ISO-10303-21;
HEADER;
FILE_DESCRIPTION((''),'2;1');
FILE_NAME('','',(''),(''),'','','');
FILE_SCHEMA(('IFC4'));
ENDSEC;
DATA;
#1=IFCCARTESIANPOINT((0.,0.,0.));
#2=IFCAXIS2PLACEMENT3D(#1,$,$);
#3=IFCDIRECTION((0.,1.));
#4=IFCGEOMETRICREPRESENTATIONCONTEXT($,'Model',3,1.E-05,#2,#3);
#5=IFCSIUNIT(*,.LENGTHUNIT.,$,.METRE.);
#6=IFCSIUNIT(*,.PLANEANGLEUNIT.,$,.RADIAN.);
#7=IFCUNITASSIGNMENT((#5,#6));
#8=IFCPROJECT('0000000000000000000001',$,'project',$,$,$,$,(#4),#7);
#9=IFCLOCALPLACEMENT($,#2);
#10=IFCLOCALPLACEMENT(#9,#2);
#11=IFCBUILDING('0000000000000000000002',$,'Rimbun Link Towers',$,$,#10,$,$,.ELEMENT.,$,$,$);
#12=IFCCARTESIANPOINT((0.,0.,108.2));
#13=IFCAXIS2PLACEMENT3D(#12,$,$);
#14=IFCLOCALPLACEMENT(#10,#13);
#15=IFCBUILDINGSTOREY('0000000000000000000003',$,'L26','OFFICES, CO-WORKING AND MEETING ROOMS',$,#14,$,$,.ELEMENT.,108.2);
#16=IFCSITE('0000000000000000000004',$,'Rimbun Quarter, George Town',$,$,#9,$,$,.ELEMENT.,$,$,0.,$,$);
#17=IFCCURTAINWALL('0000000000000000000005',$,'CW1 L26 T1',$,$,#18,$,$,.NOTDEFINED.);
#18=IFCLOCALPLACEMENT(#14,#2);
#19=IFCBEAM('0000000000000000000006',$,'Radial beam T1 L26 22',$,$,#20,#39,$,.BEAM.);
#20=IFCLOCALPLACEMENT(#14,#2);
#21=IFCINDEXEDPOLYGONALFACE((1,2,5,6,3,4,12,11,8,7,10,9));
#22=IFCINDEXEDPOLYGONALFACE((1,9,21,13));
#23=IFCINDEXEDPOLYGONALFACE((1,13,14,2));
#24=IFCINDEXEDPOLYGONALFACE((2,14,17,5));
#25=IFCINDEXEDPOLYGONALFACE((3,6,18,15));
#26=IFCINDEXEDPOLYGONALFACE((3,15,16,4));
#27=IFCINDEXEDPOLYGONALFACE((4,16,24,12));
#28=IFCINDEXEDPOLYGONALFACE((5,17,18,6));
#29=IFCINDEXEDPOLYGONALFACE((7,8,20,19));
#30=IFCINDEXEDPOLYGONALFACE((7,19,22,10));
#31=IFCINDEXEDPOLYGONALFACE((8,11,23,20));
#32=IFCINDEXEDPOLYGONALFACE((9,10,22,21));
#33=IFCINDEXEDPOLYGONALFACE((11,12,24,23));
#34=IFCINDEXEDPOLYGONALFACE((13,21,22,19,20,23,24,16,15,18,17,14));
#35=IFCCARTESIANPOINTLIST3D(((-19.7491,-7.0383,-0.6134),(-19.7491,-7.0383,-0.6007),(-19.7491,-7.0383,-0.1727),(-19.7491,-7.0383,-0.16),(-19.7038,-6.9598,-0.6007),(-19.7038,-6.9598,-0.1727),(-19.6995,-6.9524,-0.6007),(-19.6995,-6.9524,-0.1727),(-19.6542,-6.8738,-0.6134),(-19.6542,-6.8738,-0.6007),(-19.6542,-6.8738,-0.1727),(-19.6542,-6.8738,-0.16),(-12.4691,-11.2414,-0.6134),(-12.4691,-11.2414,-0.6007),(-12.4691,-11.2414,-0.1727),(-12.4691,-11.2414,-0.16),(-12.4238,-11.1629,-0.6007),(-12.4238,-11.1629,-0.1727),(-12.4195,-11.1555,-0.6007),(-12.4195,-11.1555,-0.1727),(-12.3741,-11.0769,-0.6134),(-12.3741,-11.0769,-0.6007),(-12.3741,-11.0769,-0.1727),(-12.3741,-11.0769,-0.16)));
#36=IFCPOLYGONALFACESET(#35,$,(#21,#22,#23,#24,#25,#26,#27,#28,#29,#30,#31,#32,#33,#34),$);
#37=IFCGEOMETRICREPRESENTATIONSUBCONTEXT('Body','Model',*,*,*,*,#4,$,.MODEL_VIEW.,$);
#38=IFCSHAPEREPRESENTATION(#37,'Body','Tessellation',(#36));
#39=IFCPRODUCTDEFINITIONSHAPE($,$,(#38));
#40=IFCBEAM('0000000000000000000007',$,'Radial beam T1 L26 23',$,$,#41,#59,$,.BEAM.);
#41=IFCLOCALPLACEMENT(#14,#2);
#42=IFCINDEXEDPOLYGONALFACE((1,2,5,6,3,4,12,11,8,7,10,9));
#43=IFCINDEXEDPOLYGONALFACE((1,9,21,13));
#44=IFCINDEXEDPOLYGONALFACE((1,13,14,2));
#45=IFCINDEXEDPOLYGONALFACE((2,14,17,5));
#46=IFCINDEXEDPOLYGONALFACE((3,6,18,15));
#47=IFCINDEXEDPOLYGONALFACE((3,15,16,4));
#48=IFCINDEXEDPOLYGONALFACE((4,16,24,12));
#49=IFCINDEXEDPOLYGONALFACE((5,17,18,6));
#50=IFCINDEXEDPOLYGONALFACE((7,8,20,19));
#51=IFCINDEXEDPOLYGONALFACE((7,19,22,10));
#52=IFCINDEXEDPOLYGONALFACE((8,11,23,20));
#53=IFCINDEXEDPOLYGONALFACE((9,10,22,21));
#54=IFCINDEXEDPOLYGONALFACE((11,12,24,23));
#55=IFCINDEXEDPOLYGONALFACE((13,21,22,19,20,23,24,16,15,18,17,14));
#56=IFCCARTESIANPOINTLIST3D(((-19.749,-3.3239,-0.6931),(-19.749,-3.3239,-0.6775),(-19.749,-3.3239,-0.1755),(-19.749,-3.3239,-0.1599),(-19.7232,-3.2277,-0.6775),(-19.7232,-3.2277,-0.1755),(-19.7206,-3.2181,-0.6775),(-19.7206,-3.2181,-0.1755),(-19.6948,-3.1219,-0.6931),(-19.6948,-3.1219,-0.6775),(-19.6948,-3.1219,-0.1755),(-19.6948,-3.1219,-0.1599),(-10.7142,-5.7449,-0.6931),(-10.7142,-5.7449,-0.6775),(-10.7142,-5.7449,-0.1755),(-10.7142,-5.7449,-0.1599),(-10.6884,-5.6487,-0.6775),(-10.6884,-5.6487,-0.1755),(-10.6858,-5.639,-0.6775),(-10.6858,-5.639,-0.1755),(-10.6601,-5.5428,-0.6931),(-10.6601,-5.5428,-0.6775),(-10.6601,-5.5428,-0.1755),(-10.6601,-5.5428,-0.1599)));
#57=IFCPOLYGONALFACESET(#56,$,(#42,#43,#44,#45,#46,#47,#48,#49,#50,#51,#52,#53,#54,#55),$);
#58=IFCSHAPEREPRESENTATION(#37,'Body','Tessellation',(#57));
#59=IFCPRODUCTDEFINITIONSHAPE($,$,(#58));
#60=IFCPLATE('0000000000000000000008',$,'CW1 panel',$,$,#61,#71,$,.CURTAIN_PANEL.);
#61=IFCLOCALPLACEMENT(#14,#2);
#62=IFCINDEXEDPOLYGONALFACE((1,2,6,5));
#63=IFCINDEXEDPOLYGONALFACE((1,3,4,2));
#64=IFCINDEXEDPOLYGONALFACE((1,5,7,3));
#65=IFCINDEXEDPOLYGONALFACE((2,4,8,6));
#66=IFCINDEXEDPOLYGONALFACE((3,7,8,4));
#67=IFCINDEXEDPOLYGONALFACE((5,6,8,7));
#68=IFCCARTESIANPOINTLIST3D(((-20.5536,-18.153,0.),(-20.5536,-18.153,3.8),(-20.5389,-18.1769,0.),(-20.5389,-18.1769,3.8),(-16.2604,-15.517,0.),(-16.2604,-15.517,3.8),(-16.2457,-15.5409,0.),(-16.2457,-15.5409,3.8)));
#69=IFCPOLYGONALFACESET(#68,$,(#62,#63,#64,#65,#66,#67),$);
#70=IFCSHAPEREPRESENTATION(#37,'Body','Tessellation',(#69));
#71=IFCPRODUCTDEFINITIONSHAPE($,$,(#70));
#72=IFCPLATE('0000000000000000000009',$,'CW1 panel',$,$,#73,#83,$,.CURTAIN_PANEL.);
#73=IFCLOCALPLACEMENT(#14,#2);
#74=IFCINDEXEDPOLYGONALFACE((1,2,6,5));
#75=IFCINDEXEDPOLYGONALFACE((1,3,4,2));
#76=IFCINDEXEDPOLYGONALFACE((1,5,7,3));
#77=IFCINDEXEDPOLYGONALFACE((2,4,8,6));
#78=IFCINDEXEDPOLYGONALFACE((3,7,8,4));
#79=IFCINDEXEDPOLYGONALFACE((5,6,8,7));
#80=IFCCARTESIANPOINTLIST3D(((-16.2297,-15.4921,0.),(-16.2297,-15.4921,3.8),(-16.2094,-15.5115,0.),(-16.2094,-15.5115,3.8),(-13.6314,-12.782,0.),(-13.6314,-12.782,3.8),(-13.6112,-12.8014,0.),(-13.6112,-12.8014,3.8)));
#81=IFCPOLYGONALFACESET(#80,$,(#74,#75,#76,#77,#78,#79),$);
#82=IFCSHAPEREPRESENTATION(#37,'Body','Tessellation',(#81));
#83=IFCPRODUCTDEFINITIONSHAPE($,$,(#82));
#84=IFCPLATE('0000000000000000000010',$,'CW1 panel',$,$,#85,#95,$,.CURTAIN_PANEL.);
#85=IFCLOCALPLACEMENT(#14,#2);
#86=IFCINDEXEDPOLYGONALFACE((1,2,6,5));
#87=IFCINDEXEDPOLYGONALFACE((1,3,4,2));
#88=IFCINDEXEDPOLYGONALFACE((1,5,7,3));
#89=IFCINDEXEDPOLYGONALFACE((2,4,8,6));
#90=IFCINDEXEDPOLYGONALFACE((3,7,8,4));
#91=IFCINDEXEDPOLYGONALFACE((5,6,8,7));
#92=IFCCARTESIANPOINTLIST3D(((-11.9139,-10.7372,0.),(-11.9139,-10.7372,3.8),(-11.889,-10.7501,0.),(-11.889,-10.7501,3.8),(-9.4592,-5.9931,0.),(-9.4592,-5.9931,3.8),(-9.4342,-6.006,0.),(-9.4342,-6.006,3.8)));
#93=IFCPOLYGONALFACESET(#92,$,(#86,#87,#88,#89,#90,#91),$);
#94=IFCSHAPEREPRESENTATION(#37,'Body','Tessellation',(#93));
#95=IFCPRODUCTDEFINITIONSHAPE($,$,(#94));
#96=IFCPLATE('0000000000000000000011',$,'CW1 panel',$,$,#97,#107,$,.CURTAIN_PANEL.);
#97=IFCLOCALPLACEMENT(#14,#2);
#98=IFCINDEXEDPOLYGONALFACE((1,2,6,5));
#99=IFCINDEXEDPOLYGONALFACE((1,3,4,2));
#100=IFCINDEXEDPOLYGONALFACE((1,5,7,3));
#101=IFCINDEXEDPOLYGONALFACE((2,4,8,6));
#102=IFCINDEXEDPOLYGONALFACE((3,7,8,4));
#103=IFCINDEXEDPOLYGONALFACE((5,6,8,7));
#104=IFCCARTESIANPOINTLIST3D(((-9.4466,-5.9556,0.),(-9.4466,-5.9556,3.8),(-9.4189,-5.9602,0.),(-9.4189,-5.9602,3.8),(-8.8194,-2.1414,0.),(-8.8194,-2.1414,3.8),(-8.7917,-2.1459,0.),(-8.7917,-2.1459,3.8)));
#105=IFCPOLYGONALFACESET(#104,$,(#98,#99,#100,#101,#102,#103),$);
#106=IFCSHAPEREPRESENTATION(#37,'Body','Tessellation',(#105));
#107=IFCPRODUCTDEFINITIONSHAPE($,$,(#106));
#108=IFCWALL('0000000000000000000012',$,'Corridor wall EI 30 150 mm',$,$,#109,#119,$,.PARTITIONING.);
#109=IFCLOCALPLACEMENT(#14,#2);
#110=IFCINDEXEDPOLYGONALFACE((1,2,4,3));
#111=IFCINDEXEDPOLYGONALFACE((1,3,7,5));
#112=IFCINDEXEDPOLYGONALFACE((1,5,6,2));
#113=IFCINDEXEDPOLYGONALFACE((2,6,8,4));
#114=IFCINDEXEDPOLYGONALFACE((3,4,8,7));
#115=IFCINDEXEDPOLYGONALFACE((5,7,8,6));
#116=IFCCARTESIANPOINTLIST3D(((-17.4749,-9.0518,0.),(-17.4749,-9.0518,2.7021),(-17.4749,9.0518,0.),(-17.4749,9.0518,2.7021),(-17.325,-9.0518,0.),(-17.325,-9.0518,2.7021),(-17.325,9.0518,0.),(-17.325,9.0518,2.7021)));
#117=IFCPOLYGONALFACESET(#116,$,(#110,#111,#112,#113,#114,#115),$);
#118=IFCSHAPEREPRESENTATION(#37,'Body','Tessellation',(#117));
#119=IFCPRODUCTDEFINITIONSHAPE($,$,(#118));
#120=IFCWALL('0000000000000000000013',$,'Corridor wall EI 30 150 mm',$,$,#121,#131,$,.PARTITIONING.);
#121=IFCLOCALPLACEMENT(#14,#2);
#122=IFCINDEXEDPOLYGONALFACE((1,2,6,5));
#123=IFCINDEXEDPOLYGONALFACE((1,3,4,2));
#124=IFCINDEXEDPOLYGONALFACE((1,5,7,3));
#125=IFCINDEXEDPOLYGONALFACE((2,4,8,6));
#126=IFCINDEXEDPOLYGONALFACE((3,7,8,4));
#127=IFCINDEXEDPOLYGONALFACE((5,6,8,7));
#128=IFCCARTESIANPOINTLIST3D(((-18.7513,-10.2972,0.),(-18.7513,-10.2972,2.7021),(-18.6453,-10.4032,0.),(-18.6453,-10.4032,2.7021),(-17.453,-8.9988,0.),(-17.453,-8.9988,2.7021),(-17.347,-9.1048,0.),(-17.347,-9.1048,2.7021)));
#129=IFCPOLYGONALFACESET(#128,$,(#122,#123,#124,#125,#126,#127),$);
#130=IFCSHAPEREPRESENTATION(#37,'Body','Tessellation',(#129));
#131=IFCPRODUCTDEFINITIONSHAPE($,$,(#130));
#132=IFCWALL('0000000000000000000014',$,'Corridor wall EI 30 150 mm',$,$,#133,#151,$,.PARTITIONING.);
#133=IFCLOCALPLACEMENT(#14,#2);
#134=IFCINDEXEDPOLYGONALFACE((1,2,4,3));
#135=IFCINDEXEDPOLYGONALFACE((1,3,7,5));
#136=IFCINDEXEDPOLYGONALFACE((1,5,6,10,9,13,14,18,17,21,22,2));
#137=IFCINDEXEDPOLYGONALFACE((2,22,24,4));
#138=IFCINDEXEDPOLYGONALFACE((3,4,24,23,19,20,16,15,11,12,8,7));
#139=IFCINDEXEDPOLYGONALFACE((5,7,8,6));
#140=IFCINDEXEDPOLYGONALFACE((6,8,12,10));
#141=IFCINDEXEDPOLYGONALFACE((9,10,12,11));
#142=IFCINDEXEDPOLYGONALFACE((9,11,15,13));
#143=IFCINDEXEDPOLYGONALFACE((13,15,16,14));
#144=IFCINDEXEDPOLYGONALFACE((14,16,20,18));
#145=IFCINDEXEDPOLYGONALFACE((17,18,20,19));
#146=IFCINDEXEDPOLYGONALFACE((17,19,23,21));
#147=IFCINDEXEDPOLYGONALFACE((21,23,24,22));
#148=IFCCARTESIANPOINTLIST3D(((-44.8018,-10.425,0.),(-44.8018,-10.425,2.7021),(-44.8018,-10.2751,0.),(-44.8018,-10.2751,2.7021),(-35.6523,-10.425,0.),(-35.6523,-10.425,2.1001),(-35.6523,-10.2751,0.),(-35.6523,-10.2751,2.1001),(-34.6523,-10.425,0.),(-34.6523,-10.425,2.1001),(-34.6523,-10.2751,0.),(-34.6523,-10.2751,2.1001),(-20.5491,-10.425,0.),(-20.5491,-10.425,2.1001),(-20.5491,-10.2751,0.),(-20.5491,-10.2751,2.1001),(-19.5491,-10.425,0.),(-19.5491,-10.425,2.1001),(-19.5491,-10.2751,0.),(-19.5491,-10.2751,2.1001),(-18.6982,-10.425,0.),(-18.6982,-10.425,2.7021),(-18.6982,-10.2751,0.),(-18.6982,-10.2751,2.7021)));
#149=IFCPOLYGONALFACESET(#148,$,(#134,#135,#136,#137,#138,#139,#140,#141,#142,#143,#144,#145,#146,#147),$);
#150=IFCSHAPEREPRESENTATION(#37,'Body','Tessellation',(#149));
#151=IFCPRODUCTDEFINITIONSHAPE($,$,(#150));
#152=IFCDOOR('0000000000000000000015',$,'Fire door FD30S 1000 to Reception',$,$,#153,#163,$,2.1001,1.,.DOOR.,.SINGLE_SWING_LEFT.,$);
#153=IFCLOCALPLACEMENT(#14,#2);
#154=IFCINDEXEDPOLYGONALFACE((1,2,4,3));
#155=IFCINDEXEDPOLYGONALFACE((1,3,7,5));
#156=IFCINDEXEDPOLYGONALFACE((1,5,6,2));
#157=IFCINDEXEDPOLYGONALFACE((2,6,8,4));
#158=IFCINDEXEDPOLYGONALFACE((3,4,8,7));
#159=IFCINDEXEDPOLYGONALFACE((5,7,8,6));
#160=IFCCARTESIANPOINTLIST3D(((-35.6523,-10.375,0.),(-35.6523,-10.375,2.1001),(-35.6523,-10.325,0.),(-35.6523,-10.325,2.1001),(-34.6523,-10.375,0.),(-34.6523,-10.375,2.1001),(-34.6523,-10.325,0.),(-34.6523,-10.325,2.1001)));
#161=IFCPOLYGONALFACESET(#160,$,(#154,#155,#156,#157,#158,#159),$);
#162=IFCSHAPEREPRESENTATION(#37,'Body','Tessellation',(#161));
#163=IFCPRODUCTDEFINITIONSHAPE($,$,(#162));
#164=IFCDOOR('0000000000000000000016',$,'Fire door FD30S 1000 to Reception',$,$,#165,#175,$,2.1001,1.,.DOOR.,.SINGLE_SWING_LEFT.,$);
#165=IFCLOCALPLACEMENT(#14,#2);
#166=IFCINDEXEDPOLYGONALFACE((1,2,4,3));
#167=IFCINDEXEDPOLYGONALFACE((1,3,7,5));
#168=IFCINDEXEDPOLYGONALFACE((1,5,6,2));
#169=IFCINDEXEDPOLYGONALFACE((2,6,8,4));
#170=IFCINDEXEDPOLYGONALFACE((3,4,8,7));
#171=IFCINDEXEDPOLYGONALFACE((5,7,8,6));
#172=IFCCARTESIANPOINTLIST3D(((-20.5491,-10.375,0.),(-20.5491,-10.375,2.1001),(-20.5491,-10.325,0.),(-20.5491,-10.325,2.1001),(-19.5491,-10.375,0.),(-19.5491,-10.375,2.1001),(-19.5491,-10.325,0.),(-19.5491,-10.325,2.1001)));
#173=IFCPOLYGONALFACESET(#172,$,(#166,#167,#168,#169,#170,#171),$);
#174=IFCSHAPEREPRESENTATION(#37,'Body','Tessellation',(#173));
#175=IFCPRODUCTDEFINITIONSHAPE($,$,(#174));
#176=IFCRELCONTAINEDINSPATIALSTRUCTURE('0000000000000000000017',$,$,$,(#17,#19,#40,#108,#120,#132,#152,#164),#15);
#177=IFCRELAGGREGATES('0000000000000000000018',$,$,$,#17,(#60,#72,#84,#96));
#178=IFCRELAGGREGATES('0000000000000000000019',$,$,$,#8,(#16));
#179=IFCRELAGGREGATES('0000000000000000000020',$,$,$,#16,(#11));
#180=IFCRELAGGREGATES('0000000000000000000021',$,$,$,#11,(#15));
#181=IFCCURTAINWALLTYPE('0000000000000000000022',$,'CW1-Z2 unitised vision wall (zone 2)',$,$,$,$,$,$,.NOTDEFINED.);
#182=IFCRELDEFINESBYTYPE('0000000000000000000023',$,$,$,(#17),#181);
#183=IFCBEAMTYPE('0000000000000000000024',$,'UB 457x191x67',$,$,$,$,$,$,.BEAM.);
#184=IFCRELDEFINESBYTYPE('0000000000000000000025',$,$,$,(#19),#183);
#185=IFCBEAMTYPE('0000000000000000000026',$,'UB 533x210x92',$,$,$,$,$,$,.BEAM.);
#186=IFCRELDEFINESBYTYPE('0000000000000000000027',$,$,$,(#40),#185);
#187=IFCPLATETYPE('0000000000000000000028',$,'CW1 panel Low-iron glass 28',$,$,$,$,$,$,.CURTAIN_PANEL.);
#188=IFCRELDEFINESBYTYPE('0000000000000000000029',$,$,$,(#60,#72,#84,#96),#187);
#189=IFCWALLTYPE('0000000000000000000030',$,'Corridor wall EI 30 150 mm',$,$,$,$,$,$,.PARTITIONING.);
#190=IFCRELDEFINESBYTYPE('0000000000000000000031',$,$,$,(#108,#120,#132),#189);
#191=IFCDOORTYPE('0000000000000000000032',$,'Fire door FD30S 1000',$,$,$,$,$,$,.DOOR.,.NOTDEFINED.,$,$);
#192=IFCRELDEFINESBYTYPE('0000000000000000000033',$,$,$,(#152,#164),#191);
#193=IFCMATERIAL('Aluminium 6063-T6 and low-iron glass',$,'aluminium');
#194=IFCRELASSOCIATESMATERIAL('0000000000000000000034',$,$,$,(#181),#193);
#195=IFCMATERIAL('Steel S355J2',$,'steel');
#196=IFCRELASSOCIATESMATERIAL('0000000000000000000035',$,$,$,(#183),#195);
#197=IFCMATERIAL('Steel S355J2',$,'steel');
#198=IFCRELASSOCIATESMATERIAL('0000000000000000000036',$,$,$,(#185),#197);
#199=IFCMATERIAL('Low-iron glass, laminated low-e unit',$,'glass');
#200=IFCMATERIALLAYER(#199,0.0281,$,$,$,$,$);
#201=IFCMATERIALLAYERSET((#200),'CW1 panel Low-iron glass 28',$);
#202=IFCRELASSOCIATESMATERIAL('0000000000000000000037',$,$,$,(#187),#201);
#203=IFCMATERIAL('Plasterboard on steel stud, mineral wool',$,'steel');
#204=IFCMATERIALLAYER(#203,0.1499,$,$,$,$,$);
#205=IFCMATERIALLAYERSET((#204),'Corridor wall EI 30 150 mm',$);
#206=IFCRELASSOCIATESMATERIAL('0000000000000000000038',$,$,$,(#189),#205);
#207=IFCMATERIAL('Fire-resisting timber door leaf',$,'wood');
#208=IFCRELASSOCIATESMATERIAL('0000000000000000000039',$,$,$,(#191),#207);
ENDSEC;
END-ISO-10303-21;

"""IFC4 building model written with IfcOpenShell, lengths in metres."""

from ifc_helpers import new_model, si_unit, direction, frame, frame_2d, origin, origin_2d, place, context, subcontext, project, spatial, rectangle, i_section, extrude, material, layer, layer_set, material_profile, profile_set, type_object, element, fill, aggregate, save


model = new_model("IFC4")

# Units and contexts
model_context = context("Model", 3, precision=1e-05, world=origin(), true_north=direction((0.0, 1.0)))
body_context = subcontext(model_context, "Body", "Model", "MODEL_VIEW")
ifc_project = project(units=[si_unit("LENGTHUNIT", "METRE"), si_unit("PLANEANGLEUNIT", "RADIAN")], contexts=[model_context])

# Site, building, storey
site_placement = place(None, origin())
site = spatial("IfcSite", under=ifc_project, at=site_placement, Name="Rimbun Quarter, George Town", CompositionType="ELEMENT", RefElevation=0.0)
building_placement = place(site_placement, origin())
building = spatial("IfcBuilding", under=site, at=building_placement, Name="Rimbun Link Towers", CompositionType="ELEMENT")
storey_placement = place(building_placement, frame((0.0, 0.0, 108.2)))
storey = spatial("IfcBuildingStorey", under=building, at=storey_placement, Name="L26", Description="OFFICES, CO-WORKING AND MEETING ROOMS", CompositionType="ELEMENT", Elevation=108.2)

# Curtain wall
ifc_material_1 = material(Name="Aluminium 6063-T6 and low-iron glass", Category="aluminium")
curtain_wall_type = type_object("IfcCurtainWallType", Name="CW1-Z2 unitised vision wall (zone 2)", PredefinedType="NOTDEFINED", material=ifc_material_1)
curtain_wall_placement = place(storey_placement, origin())
curtain_wall = element("IfcCurtainWall", 1, at=curtain_wall_placement, inside=storey, type_object=curtain_wall_type, Name="CW1 L26 T1", PredefinedType="NOTDEFINED")

# Beams
ifc_material_2 = material(Name="Steel S355J2", Category="steel")
ifc_material_profile_1 = material_profile(ifc_material_2, i_section(OverallWidth=0.1899, OverallDepth=0.4534, WebThickness=0.0085, FlangeThickness=0.0127, at=origin_2d()), Name="UB 457x191x67")
ifc_profile_set_1 = profile_set([ifc_material_profile_1], Name="Steel S355J2")
beam_type_1 = type_object("IfcBeamType", Name="UB 457x191x67", PredefinedType="BEAM", material=ifc_profile_set_1)
beam_1_placement = place(storey_placement, frame((-19.7017, -6.9561, -0.3867), z_axis=(0.866026, -0.5, 0.0), x_axis=(0.5, 0.866026, 0.0)))
element("IfcBeam", 2, at=beam_1_placement, inside=storey, type_object=beam_type_1, Name="Radial beam T1 L26 22", PredefinedType="BEAM", context=body_context, shape_type="SweptSolid", body=[
    extrude(i_section(OverallWidth=0.1899, OverallDepth=0.4534, WebThickness=0.0085, FlangeThickness=0.0127, at=origin_2d()), origin(), (0.0, 0.0, 1.0), 8.4062),
])
ifc_material_3 = material(Name="Steel S355J2", Category="steel")
ifc_material_profile_2 = material_profile(ifc_material_3, i_section(OverallWidth=0.2092, OverallDepth=0.5332, WebThickness=0.01, FlangeThickness=0.0156, at=origin_2d()), Name="UB 533x210x92")
ifc_profile_set_2 = profile_set([ifc_material_profile_2], Name="Steel S355J2")
beam_type_2 = type_object("IfcBeamType", Name="UB 533x210x92", PredefinedType="BEAM", material=ifc_profile_set_2)
beam_2_placement = place(storey_placement, frame((-19.7219, -3.2229, -0.4265), z_axis=(0.965924, -0.258826, 0.0), x_axis=(0.258826, 0.965924, 0.0)))
element("IfcBeam", 3, at=beam_2_placement, inside=storey, type_object=beam_type_2, Name="Radial beam T1 L26 23", PredefinedType="BEAM", context=body_context, shape_type="SweptSolid", body=[
    extrude(i_section(OverallWidth=0.2092, OverallDepth=0.5332, WebThickness=0.01, FlangeThickness=0.0156, at=origin_2d()), origin(), (0.0, 0.0, 1.0), 9.3535),
])

# Plates
ifc_material_4 = material(Name="Low-iron glass, laminated low-e unit", Category="glass")
ifc_layer_1 = layer(ifc_material_4, 0.0281)
ifc_layer_set_1 = layer_set([ifc_layer_1], Name="CW1 panel Low-iron glass 28")
plate_type = type_object("IfcPlateType", Name="CW1 panel Low-iron glass 28", PredefinedType="CURTAIN_PANEL", material=ifc_layer_set_1)
plate_1_placement = place(storey_placement, frame((-18.3997, -16.8469, 0.0), z_axis=(0.0, 0.0, 1.0), x_axis=(-0.852185, -0.523241, 0.0)))
plate_1 = element("IfcPlate", 4, at=plate_1_placement, type_object=plate_type, Name="CW1 panel", PredefinedType="CURTAIN_PANEL", context=body_context, shape_type="SweptSolid", body=[
    extrude(rectangle(XDim=5.0378, YDim=0.0281, at=origin_2d()), origin(), (0.0, 0.0, 1.0), 3.8),
])
plate_2_placement = place(storey_placement, frame((-14.9204, -14.1467, 0.0), z_axis=(0.0, 0.0, 1.0), x_axis=(-0.692055, -0.721845, 0.0)))
plate_2 = element("IfcPlate", 5, at=plate_2_placement, type_object=plate_type, Name="CW1 panel", PredefinedType="CURTAIN_PANEL", context=body_context, shape_type="SweptSolid", body=[
    extrude(rectangle(XDim=3.7544, YDim=0.0281, at=origin_2d()), origin(), (0.0, 0.0, 1.0), 3.8),
])
plate_3_placement = place(storey_placement, frame((-10.6741, -8.3716, 0.0), z_axis=(0.0, 0.0, 1.0), x_axis=(-0.459555, -0.888149, 0.0)))
plate_3 = element("IfcPlate", 6, at=plate_3_placement, type_object=plate_type, Name="CW1 panel", PredefinedType="CURTAIN_PANEL", context=body_context, shape_type="SweptSolid", body=[
    extrude(rectangle(XDim=5.3416, YDim=0.0281, at=origin_2d()), origin(), (0.0, 0.0, 1.0), 3.8),
])
plate_4_placement = place(storey_placement, frame((-9.1191, -4.0508, 0.0), z_axis=(0.0, 0.0, 1.0), x_axis=(-0.162248, -0.98675, 0.0)))
plate_4 = element("IfcPlate", 7, at=plate_4_placement, type_object=plate_type, Name="CW1 panel", PredefinedType="CURTAIN_PANEL", context=body_context, shape_type="SweptSolid", body=[
    extrude(rectangle(XDim=3.8655, YDim=0.0281, at=origin_2d()), origin(), (0.0, 0.0, 1.0), 3.8),
])
aggregate(curtain_wall, [plate_1, plate_2, plate_3, plate_4])

# Walls
ifc_material_5 = material(Name="Plasterboard on steel stud, mineral wool", Category="steel")
ifc_layer_2 = layer(ifc_material_5, 0.1499)
ifc_layer_set_2 = layer_set([ifc_layer_2], Name="Corridor wall EI 30 150 mm")
wall_type_1 = type_object("IfcWallType", Name="Corridor wall EI 30 150 mm", PredefinedType="PARTITIONING", material=ifc_layer_set_2)
wall_1_placement = place(storey_placement, frame((-17.3999, -9.0518, 0.0), z_axis=(0.0, 0.0, 1.0), x_axis=(0.0, 1.0, 0.0)))
element("IfcWall", 8, at=wall_1_placement, inside=storey, type_object=wall_type_1, Name="Corridor wall EI 30 150 mm", PredefinedType="PARTITIONING", context=body_context, shape_type="SweptSolid", body=[
    extrude(rectangle(XDim=18.1035, YDim=0.1499, at=frame_2d((9.0518, 0.0))), origin(), (0.0, 0.0, 1.0), 2.7021),
])
wall_2_placement = place(storey_placement, frame((-18.6982, -10.3501, 0.0), z_axis=(0.0, 0.0, 1.0), x_axis=(0.707107, 0.707107, 0.0)))
element("IfcWall", 9, at=wall_2_placement, inside=storey, type_object=wall_type_1, Name="Corridor wall EI 30 150 mm", PredefinedType="PARTITIONING", context=body_context, shape_type="SweptSolid", body=[
    extrude(rectangle(XDim=1.8362, YDim=0.1499, at=frame_2d((0.918, 0.0))), origin(), (0.0, 0.0, 1.0), 2.7021),
])

# Wall, openings, doors
wall_3_placement = place(storey_placement, frame((-18.6982, -10.3501, 0.0), z_axis=(0.0, 0.0, 1.0), x_axis=(-1.0, 0.0, 0.0)))
wall_3 = element("IfcWall", 10, at=wall_3_placement, inside=storey, type_object=wall_type_1, Name="Corridor wall EI 30 150 mm", PredefinedType="PARTITIONING", context=body_context, shape_type="SweptSolid", body=[
    extrude(rectangle(XDim=26.1035, YDim=0.1499, at=frame_2d((13.0518, 0.0))), origin(), (0.0, 0.0, 1.0), 2.7021),
])
opening_1_placement = place(wall_3_placement, frame((15.9541, 0.0, 0.0)))
opening_1 = element("IfcOpeningElement", 11, at=opening_1_placement, cuts=wall_3, PredefinedType="OPENING", context=body_context, shape_type="SweptSolid", body=[
    extrude(rectangle(XDim=1.0, YDim=2.1001, at=frame_2d((0.5, 1.05))), frame((0.0, 0.085, 0.0), z_axis=(0.0, -1.0, 0.0), x_axis=(1.0, 0.0, 0.0)), (0.0, 0.0, 1.0), 0.1699),
])
opening_2_placement = place(wall_3_placement, frame((0.8508, 0.0, 0.0)))
opening_2 = element("IfcOpeningElement", 12, at=opening_2_placement, cuts=wall_3, PredefinedType="OPENING", context=body_context, shape_type="SweptSolid", body=[
    extrude(rectangle(XDim=1.0, YDim=2.1001, at=frame_2d((0.5, 1.05))), frame((0.0, 0.085, 0.0), z_axis=(0.0, -1.0, 0.0), x_axis=(1.0, 0.0, 0.0)), (0.0, 0.0, 1.0), 0.1699),
])
ifc_material_6 = material(Name="Fire-resisting timber door leaf", Category="wood")
door_type_1 = type_object("IfcDoorType", Name="Fire door FD30S 1000", OperationType="NOTDEFINED", PredefinedType="DOOR", material=ifc_material_6)
door_1_placement = place(opening_1_placement, origin())
door_1 = element("IfcDoor", 13, at=door_1_placement, inside=storey, type_object=door_type_1, Name="Fire door FD30S 1000 to Reception", OperationType="SINGLE_SWING_LEFT", OverallHeight=2.1001, OverallWidth=1.0, PredefinedType="DOOR", context=body_context, shape_type="SweptSolid", body=[
    extrude(rectangle(XDim=1.0, YDim=2.1001, at=frame_2d((0.5, 1.05))), frame((0.0, 0.0249, 0.0), z_axis=(0.0, -1.0, 0.0), x_axis=(1.0, 0.0, 0.0)), (0.0, 0.0, 1.0), 0.05),
])
fill(opening_1, door_1)
door_2_placement = place(opening_2_placement, origin())
door_2 = element("IfcDoor", 14, at=door_2_placement, inside=storey, type_object=door_type_1, Name="Fire door FD30S 1000 to Reception", OperationType="SINGLE_SWING_LEFT", OverallHeight=2.1001, OverallWidth=1.0, PredefinedType="DOOR", context=body_context, shape_type="SweptSolid", body=[
    extrude(rectangle(XDim=1.0, YDim=2.1001, at=frame_2d((0.5, 1.05))), frame((0.0, 0.0249, 0.0), z_axis=(0.0, -1.0, 0.0), x_axis=(1.0, 0.0, 0.0)), (0.0, 0.0, 1.0), 0.05),
])
fill(opening_2, door_2)

save(model, "model.ifc")
